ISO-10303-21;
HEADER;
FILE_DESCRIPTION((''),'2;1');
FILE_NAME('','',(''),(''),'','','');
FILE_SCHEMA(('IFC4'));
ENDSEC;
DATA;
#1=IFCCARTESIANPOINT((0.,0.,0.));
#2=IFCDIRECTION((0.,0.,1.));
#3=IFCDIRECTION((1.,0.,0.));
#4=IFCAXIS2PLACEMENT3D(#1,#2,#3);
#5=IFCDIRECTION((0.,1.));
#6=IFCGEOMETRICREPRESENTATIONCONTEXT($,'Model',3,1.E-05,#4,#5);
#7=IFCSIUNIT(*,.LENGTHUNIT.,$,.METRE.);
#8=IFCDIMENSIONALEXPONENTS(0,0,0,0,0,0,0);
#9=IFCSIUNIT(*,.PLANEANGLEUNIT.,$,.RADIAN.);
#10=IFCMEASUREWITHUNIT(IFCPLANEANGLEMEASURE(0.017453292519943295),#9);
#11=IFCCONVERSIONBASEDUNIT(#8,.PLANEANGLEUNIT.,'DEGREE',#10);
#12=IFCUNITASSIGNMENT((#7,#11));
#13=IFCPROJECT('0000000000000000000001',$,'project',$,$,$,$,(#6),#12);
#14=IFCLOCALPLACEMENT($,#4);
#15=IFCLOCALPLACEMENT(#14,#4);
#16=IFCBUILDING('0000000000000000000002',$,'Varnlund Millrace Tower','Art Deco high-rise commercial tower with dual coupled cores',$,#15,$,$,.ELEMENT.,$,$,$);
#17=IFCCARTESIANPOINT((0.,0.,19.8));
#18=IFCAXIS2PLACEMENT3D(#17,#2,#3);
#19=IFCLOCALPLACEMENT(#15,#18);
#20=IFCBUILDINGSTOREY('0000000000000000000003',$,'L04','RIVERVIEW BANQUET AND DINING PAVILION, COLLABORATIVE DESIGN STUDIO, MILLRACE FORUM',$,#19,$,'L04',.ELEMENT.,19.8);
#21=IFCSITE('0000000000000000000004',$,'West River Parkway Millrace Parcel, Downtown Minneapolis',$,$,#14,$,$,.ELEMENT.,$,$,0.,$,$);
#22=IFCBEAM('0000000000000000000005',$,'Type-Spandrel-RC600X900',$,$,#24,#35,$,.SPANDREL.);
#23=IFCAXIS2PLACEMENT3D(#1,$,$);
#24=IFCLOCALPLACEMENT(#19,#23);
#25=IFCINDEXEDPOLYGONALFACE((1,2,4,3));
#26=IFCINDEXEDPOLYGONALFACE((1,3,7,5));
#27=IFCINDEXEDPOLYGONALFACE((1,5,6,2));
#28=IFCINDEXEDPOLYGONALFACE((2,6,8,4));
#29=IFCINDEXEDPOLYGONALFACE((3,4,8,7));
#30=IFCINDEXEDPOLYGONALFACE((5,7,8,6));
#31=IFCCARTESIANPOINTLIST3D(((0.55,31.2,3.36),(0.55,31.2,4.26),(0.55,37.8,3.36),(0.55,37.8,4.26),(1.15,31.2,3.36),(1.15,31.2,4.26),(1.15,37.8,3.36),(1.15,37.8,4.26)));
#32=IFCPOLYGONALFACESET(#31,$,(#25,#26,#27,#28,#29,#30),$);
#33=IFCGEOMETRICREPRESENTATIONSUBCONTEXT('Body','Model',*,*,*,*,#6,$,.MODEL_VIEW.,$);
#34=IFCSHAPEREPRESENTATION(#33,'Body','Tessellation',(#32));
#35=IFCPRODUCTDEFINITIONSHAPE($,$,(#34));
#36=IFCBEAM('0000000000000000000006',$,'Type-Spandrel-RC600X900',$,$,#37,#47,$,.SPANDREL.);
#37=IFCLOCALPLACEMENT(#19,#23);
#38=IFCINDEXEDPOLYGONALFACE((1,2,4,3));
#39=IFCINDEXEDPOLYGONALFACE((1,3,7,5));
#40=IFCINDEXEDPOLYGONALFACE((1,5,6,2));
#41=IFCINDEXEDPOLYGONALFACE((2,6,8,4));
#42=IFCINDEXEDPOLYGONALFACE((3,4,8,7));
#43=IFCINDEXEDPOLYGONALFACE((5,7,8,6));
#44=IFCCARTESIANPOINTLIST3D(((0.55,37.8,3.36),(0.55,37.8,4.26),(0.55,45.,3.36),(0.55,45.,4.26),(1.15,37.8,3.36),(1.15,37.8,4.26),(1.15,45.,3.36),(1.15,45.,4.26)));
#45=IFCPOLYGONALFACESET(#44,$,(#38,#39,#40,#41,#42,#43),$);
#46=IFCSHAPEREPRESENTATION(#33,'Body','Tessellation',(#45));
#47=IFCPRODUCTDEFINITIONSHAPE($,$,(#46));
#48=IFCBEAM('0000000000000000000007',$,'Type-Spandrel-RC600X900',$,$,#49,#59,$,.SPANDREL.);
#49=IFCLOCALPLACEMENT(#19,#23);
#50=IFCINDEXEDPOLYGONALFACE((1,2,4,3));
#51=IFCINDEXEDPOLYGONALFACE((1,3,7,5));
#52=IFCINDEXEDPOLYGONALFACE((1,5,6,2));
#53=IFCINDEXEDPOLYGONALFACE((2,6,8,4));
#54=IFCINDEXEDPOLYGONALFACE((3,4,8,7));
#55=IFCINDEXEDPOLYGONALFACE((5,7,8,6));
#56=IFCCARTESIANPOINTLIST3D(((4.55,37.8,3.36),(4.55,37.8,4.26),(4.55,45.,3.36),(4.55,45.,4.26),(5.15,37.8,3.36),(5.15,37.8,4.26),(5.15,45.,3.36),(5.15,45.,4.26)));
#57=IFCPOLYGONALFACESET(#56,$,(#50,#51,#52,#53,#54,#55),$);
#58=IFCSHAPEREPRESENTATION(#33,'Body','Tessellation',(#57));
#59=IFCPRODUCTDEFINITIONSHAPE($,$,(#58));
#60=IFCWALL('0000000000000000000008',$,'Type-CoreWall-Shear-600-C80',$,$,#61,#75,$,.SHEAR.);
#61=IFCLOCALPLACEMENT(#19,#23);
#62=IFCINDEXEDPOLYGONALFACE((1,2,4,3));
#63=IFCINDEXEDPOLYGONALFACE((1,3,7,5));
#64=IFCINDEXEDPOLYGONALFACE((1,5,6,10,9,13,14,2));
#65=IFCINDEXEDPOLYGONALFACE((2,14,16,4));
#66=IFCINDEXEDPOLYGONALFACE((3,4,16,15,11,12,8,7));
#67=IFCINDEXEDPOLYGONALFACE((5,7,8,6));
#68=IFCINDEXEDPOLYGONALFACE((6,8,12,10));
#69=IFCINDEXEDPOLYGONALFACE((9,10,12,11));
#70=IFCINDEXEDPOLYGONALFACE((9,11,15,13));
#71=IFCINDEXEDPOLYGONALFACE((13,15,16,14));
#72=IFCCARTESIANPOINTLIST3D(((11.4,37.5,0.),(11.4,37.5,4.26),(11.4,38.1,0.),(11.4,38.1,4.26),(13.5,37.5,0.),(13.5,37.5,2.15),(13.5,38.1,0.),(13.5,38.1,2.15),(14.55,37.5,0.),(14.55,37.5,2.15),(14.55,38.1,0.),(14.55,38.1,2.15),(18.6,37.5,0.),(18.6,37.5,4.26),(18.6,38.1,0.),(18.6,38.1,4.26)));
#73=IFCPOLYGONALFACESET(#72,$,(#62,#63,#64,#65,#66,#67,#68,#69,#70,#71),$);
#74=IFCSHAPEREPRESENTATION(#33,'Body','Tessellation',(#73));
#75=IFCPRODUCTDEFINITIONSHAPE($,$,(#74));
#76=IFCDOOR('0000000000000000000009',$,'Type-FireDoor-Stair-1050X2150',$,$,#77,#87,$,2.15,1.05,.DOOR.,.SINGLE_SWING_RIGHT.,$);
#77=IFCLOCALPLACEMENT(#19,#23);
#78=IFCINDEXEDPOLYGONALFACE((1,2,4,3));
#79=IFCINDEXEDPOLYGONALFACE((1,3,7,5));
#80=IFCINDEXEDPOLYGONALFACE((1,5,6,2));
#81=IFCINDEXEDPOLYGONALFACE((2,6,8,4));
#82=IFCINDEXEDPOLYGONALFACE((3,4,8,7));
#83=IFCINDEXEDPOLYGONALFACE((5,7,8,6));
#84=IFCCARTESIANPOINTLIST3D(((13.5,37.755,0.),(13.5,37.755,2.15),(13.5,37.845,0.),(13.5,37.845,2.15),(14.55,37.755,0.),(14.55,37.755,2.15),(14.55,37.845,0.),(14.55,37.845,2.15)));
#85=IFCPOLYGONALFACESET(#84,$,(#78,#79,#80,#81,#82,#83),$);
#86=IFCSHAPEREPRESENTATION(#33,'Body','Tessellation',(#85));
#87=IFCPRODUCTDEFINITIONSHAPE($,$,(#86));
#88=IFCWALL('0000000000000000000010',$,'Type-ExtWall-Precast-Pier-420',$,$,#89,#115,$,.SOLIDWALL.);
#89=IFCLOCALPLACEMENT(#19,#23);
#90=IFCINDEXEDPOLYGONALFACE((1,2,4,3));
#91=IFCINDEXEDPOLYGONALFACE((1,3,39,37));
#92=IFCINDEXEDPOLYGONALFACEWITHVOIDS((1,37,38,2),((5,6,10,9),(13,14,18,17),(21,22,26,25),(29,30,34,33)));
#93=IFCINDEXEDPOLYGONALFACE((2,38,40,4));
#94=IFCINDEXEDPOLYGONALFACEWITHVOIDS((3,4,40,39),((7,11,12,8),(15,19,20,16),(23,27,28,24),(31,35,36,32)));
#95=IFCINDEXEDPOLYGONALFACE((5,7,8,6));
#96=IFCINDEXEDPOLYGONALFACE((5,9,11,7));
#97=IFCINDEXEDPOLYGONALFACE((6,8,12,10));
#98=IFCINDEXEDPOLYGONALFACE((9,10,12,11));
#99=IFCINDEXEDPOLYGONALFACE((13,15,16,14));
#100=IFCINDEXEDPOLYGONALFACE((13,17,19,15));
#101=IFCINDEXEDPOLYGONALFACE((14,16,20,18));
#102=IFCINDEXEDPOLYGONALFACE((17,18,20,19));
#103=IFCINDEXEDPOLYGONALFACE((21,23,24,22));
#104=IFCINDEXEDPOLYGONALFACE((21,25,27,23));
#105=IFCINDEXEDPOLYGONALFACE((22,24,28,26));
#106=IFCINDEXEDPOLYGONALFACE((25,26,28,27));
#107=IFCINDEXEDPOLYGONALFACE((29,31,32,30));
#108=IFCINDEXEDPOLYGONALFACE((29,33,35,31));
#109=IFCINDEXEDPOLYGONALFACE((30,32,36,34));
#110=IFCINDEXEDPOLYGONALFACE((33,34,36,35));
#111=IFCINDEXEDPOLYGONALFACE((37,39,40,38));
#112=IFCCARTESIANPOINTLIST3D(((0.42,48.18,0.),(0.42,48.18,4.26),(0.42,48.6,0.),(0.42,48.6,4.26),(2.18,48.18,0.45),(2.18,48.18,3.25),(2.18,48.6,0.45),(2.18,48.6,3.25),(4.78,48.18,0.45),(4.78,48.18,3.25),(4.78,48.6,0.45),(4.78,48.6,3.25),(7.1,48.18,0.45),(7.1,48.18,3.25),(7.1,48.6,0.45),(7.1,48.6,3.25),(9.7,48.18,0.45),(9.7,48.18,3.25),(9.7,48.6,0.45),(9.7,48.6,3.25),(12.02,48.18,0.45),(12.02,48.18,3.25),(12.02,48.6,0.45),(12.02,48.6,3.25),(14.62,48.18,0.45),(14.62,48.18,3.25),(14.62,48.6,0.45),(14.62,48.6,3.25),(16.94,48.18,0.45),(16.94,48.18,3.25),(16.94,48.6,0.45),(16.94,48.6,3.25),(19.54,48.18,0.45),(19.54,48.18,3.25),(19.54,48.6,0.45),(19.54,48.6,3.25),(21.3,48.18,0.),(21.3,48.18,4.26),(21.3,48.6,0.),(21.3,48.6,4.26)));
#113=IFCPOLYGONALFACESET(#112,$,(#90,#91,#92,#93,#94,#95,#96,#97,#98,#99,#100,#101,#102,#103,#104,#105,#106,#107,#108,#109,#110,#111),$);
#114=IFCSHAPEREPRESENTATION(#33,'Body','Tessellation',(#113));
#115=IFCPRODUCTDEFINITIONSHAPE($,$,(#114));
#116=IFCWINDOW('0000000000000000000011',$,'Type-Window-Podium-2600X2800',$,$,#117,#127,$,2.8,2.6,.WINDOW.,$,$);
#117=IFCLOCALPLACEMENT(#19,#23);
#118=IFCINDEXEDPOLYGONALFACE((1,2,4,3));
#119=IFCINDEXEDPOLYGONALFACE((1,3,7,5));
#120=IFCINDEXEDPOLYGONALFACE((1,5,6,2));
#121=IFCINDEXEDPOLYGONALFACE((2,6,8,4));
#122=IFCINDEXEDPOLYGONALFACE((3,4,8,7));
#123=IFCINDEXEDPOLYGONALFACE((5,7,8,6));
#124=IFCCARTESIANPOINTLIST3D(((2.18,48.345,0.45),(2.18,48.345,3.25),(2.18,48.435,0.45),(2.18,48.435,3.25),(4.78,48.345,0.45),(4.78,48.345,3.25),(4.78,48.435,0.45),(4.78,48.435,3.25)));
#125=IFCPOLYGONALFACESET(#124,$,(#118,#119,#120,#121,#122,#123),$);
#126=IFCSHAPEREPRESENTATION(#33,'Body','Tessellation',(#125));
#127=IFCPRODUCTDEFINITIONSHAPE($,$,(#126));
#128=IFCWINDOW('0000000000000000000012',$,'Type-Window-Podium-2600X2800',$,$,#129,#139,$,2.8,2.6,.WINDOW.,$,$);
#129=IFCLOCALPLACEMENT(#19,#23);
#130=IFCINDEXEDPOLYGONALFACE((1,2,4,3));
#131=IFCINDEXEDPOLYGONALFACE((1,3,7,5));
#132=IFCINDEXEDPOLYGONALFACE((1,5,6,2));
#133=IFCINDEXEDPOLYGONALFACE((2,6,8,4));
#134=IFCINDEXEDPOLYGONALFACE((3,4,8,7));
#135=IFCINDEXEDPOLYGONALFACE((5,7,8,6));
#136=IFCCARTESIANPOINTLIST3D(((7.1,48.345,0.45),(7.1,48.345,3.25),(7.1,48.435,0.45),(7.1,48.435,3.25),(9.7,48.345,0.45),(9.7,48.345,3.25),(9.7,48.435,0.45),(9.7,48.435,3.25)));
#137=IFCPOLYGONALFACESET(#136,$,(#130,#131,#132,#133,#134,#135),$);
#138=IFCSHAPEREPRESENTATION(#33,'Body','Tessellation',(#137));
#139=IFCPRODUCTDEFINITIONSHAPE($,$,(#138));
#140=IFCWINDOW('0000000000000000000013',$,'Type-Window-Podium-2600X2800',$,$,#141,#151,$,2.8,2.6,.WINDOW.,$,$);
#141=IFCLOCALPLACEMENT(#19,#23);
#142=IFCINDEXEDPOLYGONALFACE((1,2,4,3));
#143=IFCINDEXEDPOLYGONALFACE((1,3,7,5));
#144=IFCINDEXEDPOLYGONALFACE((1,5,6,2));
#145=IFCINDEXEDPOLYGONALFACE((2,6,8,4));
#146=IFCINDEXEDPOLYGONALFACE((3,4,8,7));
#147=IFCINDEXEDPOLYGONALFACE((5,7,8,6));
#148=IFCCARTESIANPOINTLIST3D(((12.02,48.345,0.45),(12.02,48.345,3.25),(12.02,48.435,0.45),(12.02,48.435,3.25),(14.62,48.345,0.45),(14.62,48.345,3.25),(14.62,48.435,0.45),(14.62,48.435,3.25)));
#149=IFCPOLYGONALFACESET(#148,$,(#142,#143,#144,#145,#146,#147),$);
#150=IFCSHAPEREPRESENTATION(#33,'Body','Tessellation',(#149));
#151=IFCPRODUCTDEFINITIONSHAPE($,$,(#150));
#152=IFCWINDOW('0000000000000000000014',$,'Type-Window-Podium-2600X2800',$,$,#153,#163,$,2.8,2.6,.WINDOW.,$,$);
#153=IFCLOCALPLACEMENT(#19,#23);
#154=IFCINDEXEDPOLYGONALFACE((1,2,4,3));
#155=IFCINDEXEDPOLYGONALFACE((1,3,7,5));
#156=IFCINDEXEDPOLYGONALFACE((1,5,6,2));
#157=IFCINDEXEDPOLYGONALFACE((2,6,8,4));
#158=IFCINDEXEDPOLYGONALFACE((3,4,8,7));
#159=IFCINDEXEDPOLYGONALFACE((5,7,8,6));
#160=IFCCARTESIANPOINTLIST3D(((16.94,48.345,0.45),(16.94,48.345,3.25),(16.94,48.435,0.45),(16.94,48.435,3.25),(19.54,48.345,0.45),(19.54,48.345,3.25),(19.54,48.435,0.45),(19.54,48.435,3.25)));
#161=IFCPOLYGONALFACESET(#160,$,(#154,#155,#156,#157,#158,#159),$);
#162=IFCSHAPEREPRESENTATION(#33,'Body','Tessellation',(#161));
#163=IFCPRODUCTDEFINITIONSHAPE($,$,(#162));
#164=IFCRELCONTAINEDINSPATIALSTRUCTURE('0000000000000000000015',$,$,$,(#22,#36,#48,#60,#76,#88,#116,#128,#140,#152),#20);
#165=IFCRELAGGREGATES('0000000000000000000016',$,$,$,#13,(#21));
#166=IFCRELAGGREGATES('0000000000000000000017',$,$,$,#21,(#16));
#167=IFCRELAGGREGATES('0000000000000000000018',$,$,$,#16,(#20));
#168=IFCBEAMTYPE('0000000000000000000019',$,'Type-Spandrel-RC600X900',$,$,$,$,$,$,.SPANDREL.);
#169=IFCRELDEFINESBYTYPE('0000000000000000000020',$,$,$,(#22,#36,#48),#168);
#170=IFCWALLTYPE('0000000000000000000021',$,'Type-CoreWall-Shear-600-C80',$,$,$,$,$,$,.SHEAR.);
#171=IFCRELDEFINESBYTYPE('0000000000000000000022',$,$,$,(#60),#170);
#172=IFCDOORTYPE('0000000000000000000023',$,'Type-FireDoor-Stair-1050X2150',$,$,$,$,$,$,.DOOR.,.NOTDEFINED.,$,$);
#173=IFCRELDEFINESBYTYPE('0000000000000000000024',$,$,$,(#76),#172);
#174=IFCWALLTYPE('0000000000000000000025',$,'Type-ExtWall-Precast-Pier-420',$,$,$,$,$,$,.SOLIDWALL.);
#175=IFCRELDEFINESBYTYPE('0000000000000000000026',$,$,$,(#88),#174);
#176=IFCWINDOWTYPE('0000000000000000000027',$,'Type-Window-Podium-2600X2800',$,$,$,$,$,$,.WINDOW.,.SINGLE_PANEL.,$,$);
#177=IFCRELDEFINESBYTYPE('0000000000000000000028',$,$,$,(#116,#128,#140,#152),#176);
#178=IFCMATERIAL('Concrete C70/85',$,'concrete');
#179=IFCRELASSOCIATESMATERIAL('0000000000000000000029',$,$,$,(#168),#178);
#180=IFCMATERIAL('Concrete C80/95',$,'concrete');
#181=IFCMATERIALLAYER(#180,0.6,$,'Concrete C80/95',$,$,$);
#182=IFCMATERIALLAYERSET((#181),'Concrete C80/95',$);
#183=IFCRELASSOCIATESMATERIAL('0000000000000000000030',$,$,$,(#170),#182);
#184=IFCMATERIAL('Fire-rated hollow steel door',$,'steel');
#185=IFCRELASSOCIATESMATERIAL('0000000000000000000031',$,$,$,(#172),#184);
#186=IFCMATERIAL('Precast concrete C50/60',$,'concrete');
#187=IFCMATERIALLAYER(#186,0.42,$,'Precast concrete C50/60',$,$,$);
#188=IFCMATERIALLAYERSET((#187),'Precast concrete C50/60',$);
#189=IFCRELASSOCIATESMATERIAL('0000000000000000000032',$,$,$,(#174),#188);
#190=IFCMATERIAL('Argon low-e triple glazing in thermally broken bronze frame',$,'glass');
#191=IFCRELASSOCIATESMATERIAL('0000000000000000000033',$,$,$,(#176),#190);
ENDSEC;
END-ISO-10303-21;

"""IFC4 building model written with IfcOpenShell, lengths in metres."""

from ifc_helpers import new_model, entity, si_unit, converted_unit, direction, frame, origin_with_axes, origin_2d_with_axis, place, context, subcontext, project, spatial, polyline, rectangle, outline, extrude, material, layer, layer_set, material_profile, profile_set, type_object, element, fill, save


model = new_model("IFC4")

# Units and contexts
model_context = context("Model", 3, precision=1e-05, world=origin_with_axes(), true_north=direction((0.0, 1.0)))
body_context = subcontext(model_context, "Body", "Model", "MODEL_VIEW")
ifc_project = project(units=[si_unit("LENGTHUNIT", "METRE"), converted_unit("PLANEANGLEUNIT", "DEGREE", entity("IfcPlaneAngleMeasure", 0.017453292519943295), si_unit("PLANEANGLEUNIT", "RADIAN"), dimensions=[0, 0, 0, 0, 0, 0, 0])], contexts=[model_context])

# Site, building, storey
site_placement = place(None, origin_with_axes())
site = spatial("IfcSite", under=ifc_project, at=site_placement, Name="West River Parkway Millrace Parcel, Downtown Minneapolis", CompositionType="ELEMENT", RefElevation=0.0)
building_placement = place(site_placement, origin_with_axes())
building = spatial("IfcBuilding", under=site, at=building_placement, Name="Varnlund Millrace Tower", Description="Art Deco high-rise commercial tower with dual coupled cores", CompositionType="ELEMENT")
storey_placement = place(building_placement, frame((0.0, 0.0, 19.8), z_axis=(0.0, 0.0, 1.0), x_axis=(1.0, 0.0, 0.0)))
storey = spatial("IfcBuildingStorey", under=building, at=storey_placement, Name="L04", Description="RIVERVIEW BANQUET AND DINING PAVILION, COLLABORATIVE DESIGN STUDIO, MILLRACE FORUM", LongName="L04", CompositionType="ELEMENT", Elevation=19.8)

# Shared definitions
ifc_material_1 = material(Name="Concrete C80/95", Category="concrete")

# Beams
ifc_material_2 = material(Name="Concrete C70/85", Category="concrete")
ifc_material_profile_1 = material_profile(ifc_material_2, rectangle(XDim=0.6, YDim=0.9, at=origin_2d_with_axis()), Name="Concrete C70/85")
ifc_profile_set_1 = profile_set([ifc_material_profile_1], Name="Concrete C70/85")
beam_type_1 = type_object("IfcBeamType", Name="Type-Spandrel-RC600X900", PredefinedType="SPANDREL", material=ifc_profile_set_1)
beam_1_placement = place(storey_placement, frame((0.85, 31.2, 3.81), z_axis=(0.0, 1.0, 0.0), x_axis=(-1.0, 0.0, 0.0)))
element("IfcBeam", 1, at=beam_1_placement, inside=storey, type_object=beam_type_1, Name="Type-Spandrel-RC600X900", PredefinedType="SPANDREL", context=body_context, shape_type="SweptSolid", body=[
    extrude(rectangle(XDim=0.6, YDim=0.9, at=origin_2d_with_axis()), origin_with_axes(), (0.0, 0.0, 1.0), 6.6),
])
for number, where, z_axis, x_axis, name in (
    (2, (0.85, 37.8, 3.81), (0.0, 1.0, 0.0), (-1.0, 0.0, 0.0), "Type-Spandrel-RC600X900"),
    (3, (4.85, 37.8, 3.81), (0.0, 1.0, 0.0), (-1.0, 0.0, 0.0), "Type-Spandrel-RC600X900"),
):
    element("IfcBeam", number, at=place(storey_placement, frame(where, z_axis=z_axis, x_axis=x_axis)), inside=storey, type_object=beam_type_1, Name=name, PredefinedType="SPANDREL", context=body_context, shape_type="SweptSolid", body=[
        extrude(rectangle(XDim=0.6, YDim=0.9, at=origin_2d_with_axis()), origin_with_axes(), (0.0, 0.0, 1.0), 7.2),
    ])

# Wall, opening, door
ifc_layer_1 = layer(ifc_material_1, 0.6, Name="Concrete C80/95")
ifc_layer_set_1 = layer_set([ifc_layer_1], Name="Concrete C80/95")
wall_type_1 = type_object("IfcWallType", Name="Type-CoreWall-Shear-600-C80", PredefinedType="SHEAR", material=ifc_layer_set_1)
wall_1_placement = place(storey_placement, frame((11.4, 37.8, 0.0), z_axis=(0.0, 0.0, 1.0), x_axis=(1.0, 0.0, 0.0)))
wall_1 = element("IfcWall", 4, at=wall_1_placement, inside=storey, type_object=wall_type_1, Name="Type-CoreWall-Shear-600-C80", PredefinedType="SHEAR", context=body_context, shape_type="SweptSolid", body=[
    extrude(outline(polyline([(0.0, -0.3), (7.2, -0.3), (7.2, 0.3), (0.0, 0.3), (0.0, -0.3)])), origin_with_axes(), (0.0, 0.0, 1.0), 4.26),
])
opening_1_placement = place(wall_1_placement, frame((2.625, 0.0, 0.0), z_axis=(0.0, 0.0, 1.0), x_axis=(1.0, 0.0, 0.0)))
opening_1 = element("IfcOpeningElement", 5, at=opening_1_placement, cuts=wall_1, PredefinedType="OPENING", context=body_context, shape_type="SweptSolid", body=[
    extrude(rectangle(XDim=1.05, YDim=0.62, at=origin_2d_with_axis()), origin_with_axes(), (0.0, 0.0, 1.0), 2.15),
])
ifc_material_3 = material(Name="Fire-rated hollow steel door", Category="steel")
door_type_1 = type_object("IfcDoorType", Name="Type-FireDoor-Stair-1050X2150", OperationType="NOTDEFINED", PredefinedType="DOOR", material=ifc_material_3)
door_1_placement = place(wall_1_placement, frame((2.625, 0.0, 0.0), z_axis=(0.0, 0.0, 1.0), x_axis=(1.0, 0.0, 0.0)))
door_1 = element("IfcDoor", 6, at=door_1_placement, inside=storey, type_object=door_type_1, Name="Type-FireDoor-Stair-1050X2150", OperationType="SINGLE_SWING_RIGHT", OverallHeight=2.15, OverallWidth=1.05, PredefinedType="DOOR", context=body_context, shape_type="SweptSolid", body=[
    extrude(rectangle(XDim=1.05, YDim=0.09, at=origin_2d_with_axis()), origin_with_axes(), (0.0, 0.0, 1.0), 2.15),
])
fill(opening_1, door_1)

# Wall, openings, windows
ifc_material_4 = material(Name="Precast concrete C50/60", Category="concrete")
ifc_layer_2 = layer(ifc_material_4, 0.42, Name="Precast concrete C50/60")
ifc_layer_set_2 = layer_set([ifc_layer_2], Name="Precast concrete C50/60")
wall_type_2 = type_object("IfcWallType", Name="Type-ExtWall-Precast-Pier-420", PredefinedType="SOLIDWALL", material=ifc_layer_set_2)
wall_2_placement = place(storey_placement, frame((0.42, 48.39, 0.0), z_axis=(0.0, 0.0, 1.0), x_axis=(1.0, 0.0, 0.0)))
wall_2 = element("IfcWall", 7, at=wall_2_placement, inside=storey, type_object=wall_type_2, Name="Type-ExtWall-Precast-Pier-420", PredefinedType="SOLIDWALL", context=body_context, shape_type="SweptSolid", body=[
    extrude(outline(polyline([(0.0, -0.21), (20.88, -0.21), (20.88, 0.21), (0.0, 0.21), (0.0, -0.21)])), origin_with_axes(), (0.0, 0.0, 1.0), 4.26),
])
opening_2_placement = place(wall_2_placement, frame((3.06, 0.0, 0.45), z_axis=(0.0, 0.0, 1.0), x_axis=(1.0, 0.0, 0.0)))
opening_2 = element("IfcOpeningElement", 8, at=opening_2_placement, cuts=wall_2, PredefinedType="OPENING", context=body_context, shape_type="SweptSolid", body=[
    extrude(rectangle(XDim=2.6, YDim=0.44, at=origin_2d_with_axis()), origin_with_axes(), (0.0, 0.0, 1.0), 2.8),
])
opening_3_placement = place(wall_2_placement, frame((7.98, 0.0, 0.45), z_axis=(0.0, 0.0, 1.0), x_axis=(1.0, 0.0, 0.0)))
opening_3 = element("IfcOpeningElement", 9, at=opening_3_placement, cuts=wall_2, PredefinedType="OPENING", context=body_context, shape_type="SweptSolid", body=[
    extrude(rectangle(XDim=2.6, YDim=0.44, at=origin_2d_with_axis()), origin_with_axes(), (0.0, 0.0, 1.0), 2.8),
])
opening_4_placement = place(wall_2_placement, frame((12.9, 0.0, 0.45), z_axis=(0.0, 0.0, 1.0), x_axis=(1.0, 0.0, 0.0)))
opening_4 = element("IfcOpeningElement", 10, at=opening_4_placement, cuts=wall_2, PredefinedType="OPENING", context=body_context, shape_type="SweptSolid", body=[
    extrude(rectangle(XDim=2.6, YDim=0.44, at=origin_2d_with_axis()), origin_with_axes(), (0.0, 0.0, 1.0), 2.8),
])
opening_5_placement = place(wall_2_placement, frame((17.82, 0.0, 0.45), z_axis=(0.0, 0.0, 1.0), x_axis=(1.0, 0.0, 0.0)))
opening_5 = element("IfcOpeningElement", 11, at=opening_5_placement, cuts=wall_2, PredefinedType="OPENING", context=body_context, shape_type="SweptSolid", body=[
    extrude(rectangle(XDim=2.6, YDim=0.44, at=origin_2d_with_axis()), origin_with_axes(), (0.0, 0.0, 1.0), 2.8),
])
ifc_material_5 = material(Name="Argon low-e triple glazing in thermally broken bronze frame", Category="glass")
window_type = type_object("IfcWindowType", Name="Type-Window-Podium-2600X2800", PartitioningType="SINGLE_PANEL", PredefinedType="WINDOW", material=ifc_material_5)
window_1_placement = place(wall_2_placement, frame((3.06, 0.0, 0.45), z_axis=(0.0, 0.0, 1.0), x_axis=(1.0, 0.0, 0.0)))
window_1 = element("IfcWindow", 12, at=window_1_placement, inside=storey, type_object=window_type, Name="Type-Window-Podium-2600X2800", OverallHeight=2.8, OverallWidth=2.6, PredefinedType="WINDOW", context=body_context, shape_type="SweptSolid", body=[
    extrude(rectangle(XDim=2.6, YDim=0.09, at=origin_2d_with_axis()), origin_with_axes(), (0.0, 0.0, 1.0), 2.8),
])
fill(opening_2, window_1)
window_2_placement = place(wall_2_placement, frame((7.98, 0.0, 0.45), z_axis=(0.0, 0.0, 1.0), x_axis=(1.0, 0.0, 0.0)))
window_2 = element("IfcWindow", 13, at=window_2_placement, inside=storey, type_object=window_type, Name="Type-Window-Podium-2600X2800", OverallHeight=2.8, OverallWidth=2.6, PredefinedType="WINDOW", context=body_context, shape_type="SweptSolid", body=[
    extrude(rectangle(XDim=2.6, YDim=0.09, at=origin_2d_with_axis()), origin_with_axes(), (0.0, 0.0, 1.0), 2.8),
])
fill(opening_3, window_2)
window_3_placement = place(wall_2_placement, frame((12.9, 0.0, 0.45), z_axis=(0.0, 0.0, 1.0), x_axis=(1.0, 0.0, 0.0)))
window_3 = element("IfcWindow", 14, at=window_3_placement, inside=storey, type_object=window_type, Name="Type-Window-Podium-2600X2800", OverallHeight=2.8, OverallWidth=2.6, PredefinedType="WINDOW", context=body_context, shape_type="SweptSolid", body=[
    extrude(rectangle(XDim=2.6, YDim=0.09, at=origin_2d_with_axis()), origin_with_axes(), (0.0, 0.0, 1.0), 2.8),
])
fill(opening_4, window_3)
window_4_placement = place(wall_2_placement, frame((17.82, 0.0, 0.45), z_axis=(0.0, 0.0, 1.0), x_axis=(1.0, 0.0, 0.0)))
window_4 = element("IfcWindow", 15, at=window_4_placement, inside=storey, type_object=window_type, Name="Type-Window-Podium-2600X2800", OverallHeight=2.8, OverallWidth=2.6, PredefinedType="WINDOW", context=body_context, shape_type="SweptSolid", body=[
    extrude(rectangle(XDim=2.6, YDim=0.09, at=origin_2d_with_axis()), origin_with_axes(), (0.0, 0.0, 1.0), 2.8),
])
fill(opening_5, window_4)

save(model, "model.ifc")
